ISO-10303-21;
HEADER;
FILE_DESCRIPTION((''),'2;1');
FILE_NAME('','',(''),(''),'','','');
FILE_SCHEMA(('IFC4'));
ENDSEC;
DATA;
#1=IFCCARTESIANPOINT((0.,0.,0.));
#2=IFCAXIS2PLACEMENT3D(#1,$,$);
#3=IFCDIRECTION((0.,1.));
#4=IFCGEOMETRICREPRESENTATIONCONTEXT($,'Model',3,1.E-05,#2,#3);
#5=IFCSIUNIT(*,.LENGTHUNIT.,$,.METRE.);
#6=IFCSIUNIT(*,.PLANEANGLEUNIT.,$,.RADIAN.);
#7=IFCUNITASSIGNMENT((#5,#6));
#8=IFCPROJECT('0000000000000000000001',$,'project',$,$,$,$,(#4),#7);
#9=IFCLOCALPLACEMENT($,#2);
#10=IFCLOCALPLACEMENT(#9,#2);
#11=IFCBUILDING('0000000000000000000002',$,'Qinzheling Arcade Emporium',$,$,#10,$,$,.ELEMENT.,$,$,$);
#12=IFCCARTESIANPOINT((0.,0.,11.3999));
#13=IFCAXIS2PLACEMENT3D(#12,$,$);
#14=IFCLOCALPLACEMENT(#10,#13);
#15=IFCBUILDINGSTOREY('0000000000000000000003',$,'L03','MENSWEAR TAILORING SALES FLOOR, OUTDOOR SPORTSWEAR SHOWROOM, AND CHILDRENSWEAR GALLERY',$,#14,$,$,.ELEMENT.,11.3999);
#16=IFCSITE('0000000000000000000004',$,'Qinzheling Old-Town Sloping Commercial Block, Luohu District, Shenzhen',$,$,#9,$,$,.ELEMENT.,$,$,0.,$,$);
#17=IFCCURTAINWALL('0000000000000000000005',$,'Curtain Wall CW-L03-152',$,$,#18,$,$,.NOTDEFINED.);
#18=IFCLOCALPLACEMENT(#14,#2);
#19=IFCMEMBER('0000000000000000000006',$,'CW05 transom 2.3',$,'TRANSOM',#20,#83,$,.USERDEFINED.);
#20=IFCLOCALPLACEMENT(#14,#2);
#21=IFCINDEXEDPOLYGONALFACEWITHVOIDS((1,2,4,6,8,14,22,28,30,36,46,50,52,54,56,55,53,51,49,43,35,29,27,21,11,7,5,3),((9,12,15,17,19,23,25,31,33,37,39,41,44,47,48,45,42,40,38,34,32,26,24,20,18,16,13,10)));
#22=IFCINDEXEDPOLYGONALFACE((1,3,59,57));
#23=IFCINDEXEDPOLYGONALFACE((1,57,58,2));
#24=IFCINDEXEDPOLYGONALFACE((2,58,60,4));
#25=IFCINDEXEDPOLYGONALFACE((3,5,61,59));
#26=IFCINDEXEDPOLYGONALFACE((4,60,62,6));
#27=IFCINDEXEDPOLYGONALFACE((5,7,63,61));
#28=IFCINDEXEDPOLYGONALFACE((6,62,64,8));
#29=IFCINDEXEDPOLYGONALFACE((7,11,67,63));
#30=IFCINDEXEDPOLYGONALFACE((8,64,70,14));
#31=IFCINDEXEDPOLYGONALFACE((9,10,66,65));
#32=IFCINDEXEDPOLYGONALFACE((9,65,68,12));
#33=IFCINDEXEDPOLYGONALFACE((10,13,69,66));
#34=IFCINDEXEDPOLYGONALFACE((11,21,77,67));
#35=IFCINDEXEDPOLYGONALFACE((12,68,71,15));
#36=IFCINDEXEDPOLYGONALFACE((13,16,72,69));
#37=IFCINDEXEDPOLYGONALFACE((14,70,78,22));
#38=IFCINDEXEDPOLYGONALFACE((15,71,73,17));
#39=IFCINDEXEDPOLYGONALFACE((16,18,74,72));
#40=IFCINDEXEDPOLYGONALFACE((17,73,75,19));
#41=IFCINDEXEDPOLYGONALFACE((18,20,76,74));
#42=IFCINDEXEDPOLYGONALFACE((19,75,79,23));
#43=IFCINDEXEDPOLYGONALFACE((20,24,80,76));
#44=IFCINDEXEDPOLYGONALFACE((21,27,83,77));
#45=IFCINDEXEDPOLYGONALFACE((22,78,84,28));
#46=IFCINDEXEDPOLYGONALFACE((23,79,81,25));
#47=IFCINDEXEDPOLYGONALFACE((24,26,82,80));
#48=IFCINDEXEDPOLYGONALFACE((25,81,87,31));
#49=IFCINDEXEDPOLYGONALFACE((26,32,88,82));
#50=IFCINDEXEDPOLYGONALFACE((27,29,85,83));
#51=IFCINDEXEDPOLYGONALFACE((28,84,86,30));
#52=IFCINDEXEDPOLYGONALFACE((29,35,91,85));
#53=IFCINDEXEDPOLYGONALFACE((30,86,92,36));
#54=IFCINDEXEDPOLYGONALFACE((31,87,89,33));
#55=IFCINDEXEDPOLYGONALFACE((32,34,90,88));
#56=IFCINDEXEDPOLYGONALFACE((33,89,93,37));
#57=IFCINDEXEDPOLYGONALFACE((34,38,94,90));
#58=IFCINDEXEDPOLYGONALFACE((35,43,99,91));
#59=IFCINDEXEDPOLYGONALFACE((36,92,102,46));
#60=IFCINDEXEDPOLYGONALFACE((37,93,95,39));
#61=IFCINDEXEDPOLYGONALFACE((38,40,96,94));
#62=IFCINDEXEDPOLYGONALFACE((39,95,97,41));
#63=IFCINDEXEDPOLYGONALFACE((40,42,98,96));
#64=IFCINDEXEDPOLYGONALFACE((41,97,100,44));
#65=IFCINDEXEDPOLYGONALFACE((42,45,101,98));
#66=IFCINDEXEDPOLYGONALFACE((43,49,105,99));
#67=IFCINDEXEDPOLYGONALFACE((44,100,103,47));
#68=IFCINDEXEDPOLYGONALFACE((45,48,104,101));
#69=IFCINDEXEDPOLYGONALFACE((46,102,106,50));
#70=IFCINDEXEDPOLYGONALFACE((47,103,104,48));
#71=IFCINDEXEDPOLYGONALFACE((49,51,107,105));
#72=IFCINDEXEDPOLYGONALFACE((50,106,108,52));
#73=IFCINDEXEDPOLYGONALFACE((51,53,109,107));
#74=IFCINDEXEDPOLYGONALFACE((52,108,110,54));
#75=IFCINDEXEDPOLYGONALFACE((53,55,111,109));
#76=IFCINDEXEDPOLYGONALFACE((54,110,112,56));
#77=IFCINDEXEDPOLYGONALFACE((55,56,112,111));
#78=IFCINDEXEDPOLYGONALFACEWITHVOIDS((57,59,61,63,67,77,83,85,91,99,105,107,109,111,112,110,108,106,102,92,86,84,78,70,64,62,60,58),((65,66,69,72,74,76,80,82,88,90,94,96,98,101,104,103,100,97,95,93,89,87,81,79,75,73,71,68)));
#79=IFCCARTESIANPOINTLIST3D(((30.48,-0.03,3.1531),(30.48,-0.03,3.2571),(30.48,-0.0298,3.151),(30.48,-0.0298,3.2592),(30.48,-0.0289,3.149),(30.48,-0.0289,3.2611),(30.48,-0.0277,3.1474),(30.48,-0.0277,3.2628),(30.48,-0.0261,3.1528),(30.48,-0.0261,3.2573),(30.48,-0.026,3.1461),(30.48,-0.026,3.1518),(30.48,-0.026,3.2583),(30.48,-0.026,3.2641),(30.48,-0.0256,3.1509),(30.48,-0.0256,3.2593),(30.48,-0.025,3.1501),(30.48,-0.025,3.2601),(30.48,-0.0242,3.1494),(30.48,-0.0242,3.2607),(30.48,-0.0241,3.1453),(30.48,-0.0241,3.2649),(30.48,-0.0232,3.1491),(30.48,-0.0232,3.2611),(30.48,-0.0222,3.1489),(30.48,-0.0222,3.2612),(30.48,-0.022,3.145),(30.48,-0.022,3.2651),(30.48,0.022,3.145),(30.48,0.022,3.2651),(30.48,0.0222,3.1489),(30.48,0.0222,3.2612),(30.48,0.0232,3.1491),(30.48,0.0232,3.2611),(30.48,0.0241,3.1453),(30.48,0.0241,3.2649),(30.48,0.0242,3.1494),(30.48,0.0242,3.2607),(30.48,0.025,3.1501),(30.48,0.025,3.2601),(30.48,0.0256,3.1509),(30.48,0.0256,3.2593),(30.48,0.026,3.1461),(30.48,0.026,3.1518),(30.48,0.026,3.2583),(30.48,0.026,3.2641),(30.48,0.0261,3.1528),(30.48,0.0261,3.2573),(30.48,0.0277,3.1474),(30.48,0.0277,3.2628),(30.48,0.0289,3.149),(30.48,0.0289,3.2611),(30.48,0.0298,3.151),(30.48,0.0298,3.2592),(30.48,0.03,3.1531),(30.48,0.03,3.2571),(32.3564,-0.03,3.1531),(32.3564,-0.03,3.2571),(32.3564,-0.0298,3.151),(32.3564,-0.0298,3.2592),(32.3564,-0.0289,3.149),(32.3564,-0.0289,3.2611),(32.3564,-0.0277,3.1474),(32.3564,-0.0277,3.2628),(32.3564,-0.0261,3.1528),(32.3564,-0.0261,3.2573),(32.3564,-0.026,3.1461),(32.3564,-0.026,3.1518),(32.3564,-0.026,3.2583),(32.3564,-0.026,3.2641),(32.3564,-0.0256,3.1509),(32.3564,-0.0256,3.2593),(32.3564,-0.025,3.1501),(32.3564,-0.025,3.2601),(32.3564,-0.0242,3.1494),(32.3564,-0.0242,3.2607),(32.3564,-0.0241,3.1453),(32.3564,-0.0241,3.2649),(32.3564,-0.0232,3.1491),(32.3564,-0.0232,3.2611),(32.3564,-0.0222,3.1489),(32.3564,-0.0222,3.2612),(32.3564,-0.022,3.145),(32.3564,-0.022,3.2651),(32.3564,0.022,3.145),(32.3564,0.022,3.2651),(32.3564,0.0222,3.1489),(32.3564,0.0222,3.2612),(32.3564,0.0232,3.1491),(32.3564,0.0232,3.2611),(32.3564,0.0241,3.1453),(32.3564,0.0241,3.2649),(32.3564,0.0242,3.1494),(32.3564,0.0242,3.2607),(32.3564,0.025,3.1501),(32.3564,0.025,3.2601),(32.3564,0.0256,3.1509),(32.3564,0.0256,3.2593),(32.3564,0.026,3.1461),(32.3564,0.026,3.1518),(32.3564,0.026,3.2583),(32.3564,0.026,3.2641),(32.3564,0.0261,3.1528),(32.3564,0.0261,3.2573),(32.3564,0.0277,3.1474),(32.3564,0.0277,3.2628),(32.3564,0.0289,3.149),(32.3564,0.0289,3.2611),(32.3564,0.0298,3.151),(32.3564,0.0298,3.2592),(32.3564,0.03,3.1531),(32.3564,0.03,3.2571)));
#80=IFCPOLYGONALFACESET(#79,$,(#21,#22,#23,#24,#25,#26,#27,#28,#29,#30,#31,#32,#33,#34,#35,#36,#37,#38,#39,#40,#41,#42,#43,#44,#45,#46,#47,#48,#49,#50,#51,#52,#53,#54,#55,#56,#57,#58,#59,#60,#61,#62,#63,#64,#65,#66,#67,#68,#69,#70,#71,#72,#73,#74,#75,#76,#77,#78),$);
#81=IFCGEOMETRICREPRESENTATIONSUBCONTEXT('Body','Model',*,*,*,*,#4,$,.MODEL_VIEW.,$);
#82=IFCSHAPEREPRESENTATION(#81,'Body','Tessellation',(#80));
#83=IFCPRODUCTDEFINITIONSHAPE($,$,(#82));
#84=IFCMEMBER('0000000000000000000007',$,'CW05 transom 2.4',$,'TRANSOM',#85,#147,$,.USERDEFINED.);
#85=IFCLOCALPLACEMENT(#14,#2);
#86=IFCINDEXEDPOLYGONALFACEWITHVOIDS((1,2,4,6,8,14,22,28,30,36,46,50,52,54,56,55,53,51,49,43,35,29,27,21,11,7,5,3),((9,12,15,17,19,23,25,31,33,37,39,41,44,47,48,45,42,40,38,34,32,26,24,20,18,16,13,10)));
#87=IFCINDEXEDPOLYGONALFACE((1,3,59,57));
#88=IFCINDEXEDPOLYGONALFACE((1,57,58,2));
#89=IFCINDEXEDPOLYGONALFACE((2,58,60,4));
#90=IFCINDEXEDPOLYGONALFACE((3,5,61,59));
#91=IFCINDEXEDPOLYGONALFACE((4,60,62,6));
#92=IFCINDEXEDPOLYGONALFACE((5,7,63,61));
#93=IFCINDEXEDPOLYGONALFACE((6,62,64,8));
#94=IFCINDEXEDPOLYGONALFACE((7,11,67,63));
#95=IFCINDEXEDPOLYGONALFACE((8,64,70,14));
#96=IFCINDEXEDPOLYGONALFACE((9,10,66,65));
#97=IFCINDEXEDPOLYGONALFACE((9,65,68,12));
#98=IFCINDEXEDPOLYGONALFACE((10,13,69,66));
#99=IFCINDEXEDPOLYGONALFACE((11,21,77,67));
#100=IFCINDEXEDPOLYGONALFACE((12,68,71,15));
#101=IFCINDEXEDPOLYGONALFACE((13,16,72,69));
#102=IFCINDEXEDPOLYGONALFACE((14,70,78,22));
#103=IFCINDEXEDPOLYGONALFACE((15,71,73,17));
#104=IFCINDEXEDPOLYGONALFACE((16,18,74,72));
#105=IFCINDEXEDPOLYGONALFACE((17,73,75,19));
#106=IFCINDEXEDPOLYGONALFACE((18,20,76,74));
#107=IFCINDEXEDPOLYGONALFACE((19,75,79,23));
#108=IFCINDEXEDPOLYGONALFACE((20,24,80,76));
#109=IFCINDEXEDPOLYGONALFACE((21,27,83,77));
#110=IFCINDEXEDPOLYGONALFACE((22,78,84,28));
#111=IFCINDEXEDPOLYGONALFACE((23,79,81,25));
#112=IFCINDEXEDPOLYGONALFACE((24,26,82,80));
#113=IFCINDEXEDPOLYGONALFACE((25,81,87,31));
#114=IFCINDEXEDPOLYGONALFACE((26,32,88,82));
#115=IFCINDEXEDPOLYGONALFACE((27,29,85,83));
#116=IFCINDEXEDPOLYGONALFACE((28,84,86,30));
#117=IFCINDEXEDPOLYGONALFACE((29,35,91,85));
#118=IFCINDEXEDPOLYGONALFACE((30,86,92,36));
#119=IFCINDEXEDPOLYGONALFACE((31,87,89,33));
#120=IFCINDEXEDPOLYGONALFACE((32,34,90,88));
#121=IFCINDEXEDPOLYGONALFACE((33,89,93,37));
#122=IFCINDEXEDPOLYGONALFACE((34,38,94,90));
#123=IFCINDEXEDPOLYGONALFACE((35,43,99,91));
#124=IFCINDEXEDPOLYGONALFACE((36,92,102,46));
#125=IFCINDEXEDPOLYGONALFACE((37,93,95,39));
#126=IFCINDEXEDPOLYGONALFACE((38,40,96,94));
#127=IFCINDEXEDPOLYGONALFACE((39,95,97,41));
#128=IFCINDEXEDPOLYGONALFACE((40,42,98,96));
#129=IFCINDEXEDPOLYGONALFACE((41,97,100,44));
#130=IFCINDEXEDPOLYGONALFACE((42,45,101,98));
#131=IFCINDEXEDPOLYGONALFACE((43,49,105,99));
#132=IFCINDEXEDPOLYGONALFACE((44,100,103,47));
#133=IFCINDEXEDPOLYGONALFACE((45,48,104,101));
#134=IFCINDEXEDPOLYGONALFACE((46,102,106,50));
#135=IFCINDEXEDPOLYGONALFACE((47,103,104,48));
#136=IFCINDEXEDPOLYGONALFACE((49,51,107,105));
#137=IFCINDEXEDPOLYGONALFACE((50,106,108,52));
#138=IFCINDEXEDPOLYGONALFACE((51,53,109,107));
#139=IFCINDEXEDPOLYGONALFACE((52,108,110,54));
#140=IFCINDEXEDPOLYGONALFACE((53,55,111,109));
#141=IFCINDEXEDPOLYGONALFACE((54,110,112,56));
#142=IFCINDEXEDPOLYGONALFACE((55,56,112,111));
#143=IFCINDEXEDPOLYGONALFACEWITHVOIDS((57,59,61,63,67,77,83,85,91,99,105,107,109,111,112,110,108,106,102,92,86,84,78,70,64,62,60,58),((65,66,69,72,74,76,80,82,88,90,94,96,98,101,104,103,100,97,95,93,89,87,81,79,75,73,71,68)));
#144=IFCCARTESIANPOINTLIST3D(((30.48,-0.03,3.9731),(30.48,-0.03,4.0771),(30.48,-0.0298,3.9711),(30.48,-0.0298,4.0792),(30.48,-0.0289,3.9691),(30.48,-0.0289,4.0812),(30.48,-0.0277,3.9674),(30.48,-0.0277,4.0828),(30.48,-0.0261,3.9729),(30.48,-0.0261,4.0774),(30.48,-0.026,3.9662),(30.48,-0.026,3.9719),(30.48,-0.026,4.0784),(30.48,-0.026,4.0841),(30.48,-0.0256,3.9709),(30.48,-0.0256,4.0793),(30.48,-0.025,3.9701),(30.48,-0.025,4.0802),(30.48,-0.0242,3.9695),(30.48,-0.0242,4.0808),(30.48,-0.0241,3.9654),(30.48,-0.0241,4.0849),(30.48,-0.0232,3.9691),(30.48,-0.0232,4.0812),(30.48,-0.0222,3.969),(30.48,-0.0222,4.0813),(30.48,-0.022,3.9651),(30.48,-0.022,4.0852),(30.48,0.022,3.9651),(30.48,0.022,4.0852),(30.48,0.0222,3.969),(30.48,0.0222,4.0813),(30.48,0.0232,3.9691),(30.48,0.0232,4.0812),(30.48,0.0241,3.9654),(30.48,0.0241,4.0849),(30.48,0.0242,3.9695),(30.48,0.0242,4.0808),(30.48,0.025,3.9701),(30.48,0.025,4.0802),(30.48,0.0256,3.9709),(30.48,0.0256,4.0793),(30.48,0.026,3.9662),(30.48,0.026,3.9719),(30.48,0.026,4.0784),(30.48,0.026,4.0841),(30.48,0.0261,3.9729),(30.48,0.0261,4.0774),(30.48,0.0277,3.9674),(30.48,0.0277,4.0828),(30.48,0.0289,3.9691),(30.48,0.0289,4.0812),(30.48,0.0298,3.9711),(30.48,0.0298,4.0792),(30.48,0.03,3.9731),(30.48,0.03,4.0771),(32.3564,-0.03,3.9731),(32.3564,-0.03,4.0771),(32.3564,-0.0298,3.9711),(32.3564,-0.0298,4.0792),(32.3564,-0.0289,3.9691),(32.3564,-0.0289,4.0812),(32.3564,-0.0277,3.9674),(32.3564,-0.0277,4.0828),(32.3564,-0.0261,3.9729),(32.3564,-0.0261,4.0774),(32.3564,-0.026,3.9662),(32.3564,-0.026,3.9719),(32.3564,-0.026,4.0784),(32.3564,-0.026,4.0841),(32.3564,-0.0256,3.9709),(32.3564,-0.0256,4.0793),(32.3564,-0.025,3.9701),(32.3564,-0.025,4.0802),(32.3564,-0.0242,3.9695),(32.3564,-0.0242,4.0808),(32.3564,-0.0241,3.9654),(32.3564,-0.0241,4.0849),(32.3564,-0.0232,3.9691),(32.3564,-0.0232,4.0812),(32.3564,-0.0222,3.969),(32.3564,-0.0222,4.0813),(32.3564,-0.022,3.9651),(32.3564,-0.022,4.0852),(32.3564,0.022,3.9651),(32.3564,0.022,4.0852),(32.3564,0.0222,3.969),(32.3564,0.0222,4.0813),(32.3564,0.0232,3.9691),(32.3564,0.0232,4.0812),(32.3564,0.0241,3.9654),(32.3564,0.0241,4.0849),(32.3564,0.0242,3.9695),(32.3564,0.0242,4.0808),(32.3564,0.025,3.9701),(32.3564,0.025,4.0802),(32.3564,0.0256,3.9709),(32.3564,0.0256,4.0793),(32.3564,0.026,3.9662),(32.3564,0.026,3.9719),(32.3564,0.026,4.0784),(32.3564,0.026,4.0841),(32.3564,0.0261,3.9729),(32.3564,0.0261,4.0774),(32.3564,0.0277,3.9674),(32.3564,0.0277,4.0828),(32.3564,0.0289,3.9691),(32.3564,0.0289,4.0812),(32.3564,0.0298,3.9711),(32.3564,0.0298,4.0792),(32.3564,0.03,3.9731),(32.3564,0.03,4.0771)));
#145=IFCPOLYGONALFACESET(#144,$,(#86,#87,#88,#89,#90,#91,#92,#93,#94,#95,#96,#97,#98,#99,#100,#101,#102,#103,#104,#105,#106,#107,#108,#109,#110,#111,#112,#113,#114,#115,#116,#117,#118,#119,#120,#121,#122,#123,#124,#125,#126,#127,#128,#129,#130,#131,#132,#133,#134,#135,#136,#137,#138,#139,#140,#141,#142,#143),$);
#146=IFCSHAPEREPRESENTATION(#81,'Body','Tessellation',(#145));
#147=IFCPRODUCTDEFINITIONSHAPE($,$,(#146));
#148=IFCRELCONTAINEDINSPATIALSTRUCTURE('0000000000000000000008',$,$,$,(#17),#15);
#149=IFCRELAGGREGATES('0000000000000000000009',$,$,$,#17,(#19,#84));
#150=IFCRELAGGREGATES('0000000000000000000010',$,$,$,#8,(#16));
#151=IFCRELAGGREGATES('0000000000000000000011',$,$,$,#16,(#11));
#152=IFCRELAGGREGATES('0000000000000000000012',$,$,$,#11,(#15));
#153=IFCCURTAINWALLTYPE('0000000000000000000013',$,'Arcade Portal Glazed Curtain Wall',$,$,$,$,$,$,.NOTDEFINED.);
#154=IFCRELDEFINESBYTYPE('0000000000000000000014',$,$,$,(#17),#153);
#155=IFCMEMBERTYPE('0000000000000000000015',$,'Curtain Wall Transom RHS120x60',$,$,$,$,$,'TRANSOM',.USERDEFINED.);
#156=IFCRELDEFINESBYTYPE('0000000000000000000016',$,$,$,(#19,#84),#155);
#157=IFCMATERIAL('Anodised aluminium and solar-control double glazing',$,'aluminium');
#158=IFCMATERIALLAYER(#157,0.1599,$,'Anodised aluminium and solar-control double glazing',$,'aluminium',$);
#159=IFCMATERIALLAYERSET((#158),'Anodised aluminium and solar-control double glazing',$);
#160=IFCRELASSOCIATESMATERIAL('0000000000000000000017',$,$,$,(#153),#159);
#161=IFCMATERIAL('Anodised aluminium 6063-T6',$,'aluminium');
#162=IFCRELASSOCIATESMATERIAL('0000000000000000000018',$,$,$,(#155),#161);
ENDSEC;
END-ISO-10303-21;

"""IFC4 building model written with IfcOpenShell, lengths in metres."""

from ifc_helpers import new_model, si_unit, direction, frame, origin, origin_2d, place, context, subcontext, project, spatial, hollow_rectangle, extrude, material, layer, layer_set, material_profile, profile_set, type_object, element, aggregate, save


model = new_model("IFC4")

# Units and contexts
model_context = context("Model", 3, precision=1e-05, world=origin(), true_north=direction((0.0, 1.0)))
body_context = subcontext(model_context, "Body", "Model", "MODEL_VIEW")
ifc_project = project(units=[si_unit("LENGTHUNIT", "METRE"), si_unit("PLANEANGLEUNIT", "RADIAN")], contexts=[model_context])

# Site, building, storey
site_placement = place(None, origin())
site = spatial("IfcSite", under=ifc_project, at=site_placement, Name="Qinzheling Old-Town Sloping Commercial Block, Luohu District, Shenzhen", CompositionType="ELEMENT", RefElevation=0.0)
building_placement = place(site_placement, origin())
building = spatial("IfcBuilding", under=site, at=building_placement, Name="Qinzheling Arcade Emporium", CompositionType="ELEMENT")
storey_placement = place(building_placement, frame((0.0, 0.0, 11.3999)))
storey = spatial("IfcBuildingStorey", under=building, at=storey_placement, Name="L03", Description="MENSWEAR TAILORING SALES FLOOR, OUTDOOR SPORTSWEAR SHOWROOM, AND CHILDRENSWEAR GALLERY", CompositionType="ELEMENT", Elevation=11.3999)

# Curtain wall, members
ifc_material_1 = material(Name="Anodised aluminium and solar-control double glazing", Category="aluminium")
ifc_layer_1 = layer(ifc_material_1, 0.1599, Name="Anodised aluminium and solar-control double glazing", Category="aluminium")
ifc_layer_set_1 = layer_set([ifc_layer_1], Name="Anodised aluminium and solar-control double glazing")
curtain_wall_type = type_object("IfcCurtainWallType", Name="Arcade Portal Glazed Curtain Wall", PredefinedType="NOTDEFINED", material=ifc_layer_set_1)
curtain_wall_placement = place(storey_placement, origin())
curtain_wall = element("IfcCurtainWall", 1, at=curtain_wall_placement, inside=storey, type_object=curtain_wall_type, Name="Curtain Wall CW-L03-152", PredefinedType="NOTDEFINED")
ifc_material_2 = material(Name="Anodised aluminium 6063-T6", Category="aluminium")
ifc_material_profile_1 = material_profile(ifc_material_2, hollow_rectangle(XDim=0.0601, YDim=0.1201, WallThickness=0.0039, InnerFilletRadius=0.0039, OuterFilletRadius=0.0081, at=origin_2d()), Name="RHS 120x60x4", Category="aluminium")
ifc_profile_set_1 = profile_set([ifc_material_profile_1], Name="Anodised aluminium 6063-T6")
member_type_1 = type_object("IfcMemberType", Name="Curtain Wall Transom RHS120x60", ElementType="TRANSOM", PredefinedType="USERDEFINED", material=ifc_profile_set_1)
member_1_placement = place(storey_placement, frame((32.3564, 0.0, 3.2051), z_axis=(-1.0, 0.0, 0.0), x_axis=(0.0, -1.0, 0.0)))
member_1 = element("IfcMember", 2, at=member_1_placement, type_object=member_type_1, Name="CW05 transom 2.3", ObjectType="TRANSOM", PredefinedType="USERDEFINED", context=body_context, shape_type="SweptSolid", body=[
    extrude(hollow_rectangle(XDim=0.0601, YDim=0.1201, WallThickness=0.0039, InnerFilletRadius=0.0039, OuterFilletRadius=0.0081, at=origin_2d()), origin(), (0.0, 0.0, 1.0), 1.8765),
])
member_2_placement = place(storey_placement, frame((32.3564, 0.0, 4.0251), z_axis=(-1.0, 0.0, 0.0), x_axis=(0.0, -1.0, 0.0)))
member_2 = element("IfcMember", 3, at=member_2_placement, type_object=member_type_1, Name="CW05 transom 2.4", ObjectType="TRANSOM", PredefinedType="USERDEFINED", context=body_context, shape_type="SweptSolid", body=[
    extrude(hollow_rectangle(XDim=0.0601, YDim=0.1201, WallThickness=0.0039, InnerFilletRadius=0.0039, OuterFilletRadius=0.0081, at=origin_2d()), origin(), (0.0, 0.0, 1.0), 1.8765),
])

aggregate(curtain_wall, [member_1, member_2])

save(model, "model.ifc")
